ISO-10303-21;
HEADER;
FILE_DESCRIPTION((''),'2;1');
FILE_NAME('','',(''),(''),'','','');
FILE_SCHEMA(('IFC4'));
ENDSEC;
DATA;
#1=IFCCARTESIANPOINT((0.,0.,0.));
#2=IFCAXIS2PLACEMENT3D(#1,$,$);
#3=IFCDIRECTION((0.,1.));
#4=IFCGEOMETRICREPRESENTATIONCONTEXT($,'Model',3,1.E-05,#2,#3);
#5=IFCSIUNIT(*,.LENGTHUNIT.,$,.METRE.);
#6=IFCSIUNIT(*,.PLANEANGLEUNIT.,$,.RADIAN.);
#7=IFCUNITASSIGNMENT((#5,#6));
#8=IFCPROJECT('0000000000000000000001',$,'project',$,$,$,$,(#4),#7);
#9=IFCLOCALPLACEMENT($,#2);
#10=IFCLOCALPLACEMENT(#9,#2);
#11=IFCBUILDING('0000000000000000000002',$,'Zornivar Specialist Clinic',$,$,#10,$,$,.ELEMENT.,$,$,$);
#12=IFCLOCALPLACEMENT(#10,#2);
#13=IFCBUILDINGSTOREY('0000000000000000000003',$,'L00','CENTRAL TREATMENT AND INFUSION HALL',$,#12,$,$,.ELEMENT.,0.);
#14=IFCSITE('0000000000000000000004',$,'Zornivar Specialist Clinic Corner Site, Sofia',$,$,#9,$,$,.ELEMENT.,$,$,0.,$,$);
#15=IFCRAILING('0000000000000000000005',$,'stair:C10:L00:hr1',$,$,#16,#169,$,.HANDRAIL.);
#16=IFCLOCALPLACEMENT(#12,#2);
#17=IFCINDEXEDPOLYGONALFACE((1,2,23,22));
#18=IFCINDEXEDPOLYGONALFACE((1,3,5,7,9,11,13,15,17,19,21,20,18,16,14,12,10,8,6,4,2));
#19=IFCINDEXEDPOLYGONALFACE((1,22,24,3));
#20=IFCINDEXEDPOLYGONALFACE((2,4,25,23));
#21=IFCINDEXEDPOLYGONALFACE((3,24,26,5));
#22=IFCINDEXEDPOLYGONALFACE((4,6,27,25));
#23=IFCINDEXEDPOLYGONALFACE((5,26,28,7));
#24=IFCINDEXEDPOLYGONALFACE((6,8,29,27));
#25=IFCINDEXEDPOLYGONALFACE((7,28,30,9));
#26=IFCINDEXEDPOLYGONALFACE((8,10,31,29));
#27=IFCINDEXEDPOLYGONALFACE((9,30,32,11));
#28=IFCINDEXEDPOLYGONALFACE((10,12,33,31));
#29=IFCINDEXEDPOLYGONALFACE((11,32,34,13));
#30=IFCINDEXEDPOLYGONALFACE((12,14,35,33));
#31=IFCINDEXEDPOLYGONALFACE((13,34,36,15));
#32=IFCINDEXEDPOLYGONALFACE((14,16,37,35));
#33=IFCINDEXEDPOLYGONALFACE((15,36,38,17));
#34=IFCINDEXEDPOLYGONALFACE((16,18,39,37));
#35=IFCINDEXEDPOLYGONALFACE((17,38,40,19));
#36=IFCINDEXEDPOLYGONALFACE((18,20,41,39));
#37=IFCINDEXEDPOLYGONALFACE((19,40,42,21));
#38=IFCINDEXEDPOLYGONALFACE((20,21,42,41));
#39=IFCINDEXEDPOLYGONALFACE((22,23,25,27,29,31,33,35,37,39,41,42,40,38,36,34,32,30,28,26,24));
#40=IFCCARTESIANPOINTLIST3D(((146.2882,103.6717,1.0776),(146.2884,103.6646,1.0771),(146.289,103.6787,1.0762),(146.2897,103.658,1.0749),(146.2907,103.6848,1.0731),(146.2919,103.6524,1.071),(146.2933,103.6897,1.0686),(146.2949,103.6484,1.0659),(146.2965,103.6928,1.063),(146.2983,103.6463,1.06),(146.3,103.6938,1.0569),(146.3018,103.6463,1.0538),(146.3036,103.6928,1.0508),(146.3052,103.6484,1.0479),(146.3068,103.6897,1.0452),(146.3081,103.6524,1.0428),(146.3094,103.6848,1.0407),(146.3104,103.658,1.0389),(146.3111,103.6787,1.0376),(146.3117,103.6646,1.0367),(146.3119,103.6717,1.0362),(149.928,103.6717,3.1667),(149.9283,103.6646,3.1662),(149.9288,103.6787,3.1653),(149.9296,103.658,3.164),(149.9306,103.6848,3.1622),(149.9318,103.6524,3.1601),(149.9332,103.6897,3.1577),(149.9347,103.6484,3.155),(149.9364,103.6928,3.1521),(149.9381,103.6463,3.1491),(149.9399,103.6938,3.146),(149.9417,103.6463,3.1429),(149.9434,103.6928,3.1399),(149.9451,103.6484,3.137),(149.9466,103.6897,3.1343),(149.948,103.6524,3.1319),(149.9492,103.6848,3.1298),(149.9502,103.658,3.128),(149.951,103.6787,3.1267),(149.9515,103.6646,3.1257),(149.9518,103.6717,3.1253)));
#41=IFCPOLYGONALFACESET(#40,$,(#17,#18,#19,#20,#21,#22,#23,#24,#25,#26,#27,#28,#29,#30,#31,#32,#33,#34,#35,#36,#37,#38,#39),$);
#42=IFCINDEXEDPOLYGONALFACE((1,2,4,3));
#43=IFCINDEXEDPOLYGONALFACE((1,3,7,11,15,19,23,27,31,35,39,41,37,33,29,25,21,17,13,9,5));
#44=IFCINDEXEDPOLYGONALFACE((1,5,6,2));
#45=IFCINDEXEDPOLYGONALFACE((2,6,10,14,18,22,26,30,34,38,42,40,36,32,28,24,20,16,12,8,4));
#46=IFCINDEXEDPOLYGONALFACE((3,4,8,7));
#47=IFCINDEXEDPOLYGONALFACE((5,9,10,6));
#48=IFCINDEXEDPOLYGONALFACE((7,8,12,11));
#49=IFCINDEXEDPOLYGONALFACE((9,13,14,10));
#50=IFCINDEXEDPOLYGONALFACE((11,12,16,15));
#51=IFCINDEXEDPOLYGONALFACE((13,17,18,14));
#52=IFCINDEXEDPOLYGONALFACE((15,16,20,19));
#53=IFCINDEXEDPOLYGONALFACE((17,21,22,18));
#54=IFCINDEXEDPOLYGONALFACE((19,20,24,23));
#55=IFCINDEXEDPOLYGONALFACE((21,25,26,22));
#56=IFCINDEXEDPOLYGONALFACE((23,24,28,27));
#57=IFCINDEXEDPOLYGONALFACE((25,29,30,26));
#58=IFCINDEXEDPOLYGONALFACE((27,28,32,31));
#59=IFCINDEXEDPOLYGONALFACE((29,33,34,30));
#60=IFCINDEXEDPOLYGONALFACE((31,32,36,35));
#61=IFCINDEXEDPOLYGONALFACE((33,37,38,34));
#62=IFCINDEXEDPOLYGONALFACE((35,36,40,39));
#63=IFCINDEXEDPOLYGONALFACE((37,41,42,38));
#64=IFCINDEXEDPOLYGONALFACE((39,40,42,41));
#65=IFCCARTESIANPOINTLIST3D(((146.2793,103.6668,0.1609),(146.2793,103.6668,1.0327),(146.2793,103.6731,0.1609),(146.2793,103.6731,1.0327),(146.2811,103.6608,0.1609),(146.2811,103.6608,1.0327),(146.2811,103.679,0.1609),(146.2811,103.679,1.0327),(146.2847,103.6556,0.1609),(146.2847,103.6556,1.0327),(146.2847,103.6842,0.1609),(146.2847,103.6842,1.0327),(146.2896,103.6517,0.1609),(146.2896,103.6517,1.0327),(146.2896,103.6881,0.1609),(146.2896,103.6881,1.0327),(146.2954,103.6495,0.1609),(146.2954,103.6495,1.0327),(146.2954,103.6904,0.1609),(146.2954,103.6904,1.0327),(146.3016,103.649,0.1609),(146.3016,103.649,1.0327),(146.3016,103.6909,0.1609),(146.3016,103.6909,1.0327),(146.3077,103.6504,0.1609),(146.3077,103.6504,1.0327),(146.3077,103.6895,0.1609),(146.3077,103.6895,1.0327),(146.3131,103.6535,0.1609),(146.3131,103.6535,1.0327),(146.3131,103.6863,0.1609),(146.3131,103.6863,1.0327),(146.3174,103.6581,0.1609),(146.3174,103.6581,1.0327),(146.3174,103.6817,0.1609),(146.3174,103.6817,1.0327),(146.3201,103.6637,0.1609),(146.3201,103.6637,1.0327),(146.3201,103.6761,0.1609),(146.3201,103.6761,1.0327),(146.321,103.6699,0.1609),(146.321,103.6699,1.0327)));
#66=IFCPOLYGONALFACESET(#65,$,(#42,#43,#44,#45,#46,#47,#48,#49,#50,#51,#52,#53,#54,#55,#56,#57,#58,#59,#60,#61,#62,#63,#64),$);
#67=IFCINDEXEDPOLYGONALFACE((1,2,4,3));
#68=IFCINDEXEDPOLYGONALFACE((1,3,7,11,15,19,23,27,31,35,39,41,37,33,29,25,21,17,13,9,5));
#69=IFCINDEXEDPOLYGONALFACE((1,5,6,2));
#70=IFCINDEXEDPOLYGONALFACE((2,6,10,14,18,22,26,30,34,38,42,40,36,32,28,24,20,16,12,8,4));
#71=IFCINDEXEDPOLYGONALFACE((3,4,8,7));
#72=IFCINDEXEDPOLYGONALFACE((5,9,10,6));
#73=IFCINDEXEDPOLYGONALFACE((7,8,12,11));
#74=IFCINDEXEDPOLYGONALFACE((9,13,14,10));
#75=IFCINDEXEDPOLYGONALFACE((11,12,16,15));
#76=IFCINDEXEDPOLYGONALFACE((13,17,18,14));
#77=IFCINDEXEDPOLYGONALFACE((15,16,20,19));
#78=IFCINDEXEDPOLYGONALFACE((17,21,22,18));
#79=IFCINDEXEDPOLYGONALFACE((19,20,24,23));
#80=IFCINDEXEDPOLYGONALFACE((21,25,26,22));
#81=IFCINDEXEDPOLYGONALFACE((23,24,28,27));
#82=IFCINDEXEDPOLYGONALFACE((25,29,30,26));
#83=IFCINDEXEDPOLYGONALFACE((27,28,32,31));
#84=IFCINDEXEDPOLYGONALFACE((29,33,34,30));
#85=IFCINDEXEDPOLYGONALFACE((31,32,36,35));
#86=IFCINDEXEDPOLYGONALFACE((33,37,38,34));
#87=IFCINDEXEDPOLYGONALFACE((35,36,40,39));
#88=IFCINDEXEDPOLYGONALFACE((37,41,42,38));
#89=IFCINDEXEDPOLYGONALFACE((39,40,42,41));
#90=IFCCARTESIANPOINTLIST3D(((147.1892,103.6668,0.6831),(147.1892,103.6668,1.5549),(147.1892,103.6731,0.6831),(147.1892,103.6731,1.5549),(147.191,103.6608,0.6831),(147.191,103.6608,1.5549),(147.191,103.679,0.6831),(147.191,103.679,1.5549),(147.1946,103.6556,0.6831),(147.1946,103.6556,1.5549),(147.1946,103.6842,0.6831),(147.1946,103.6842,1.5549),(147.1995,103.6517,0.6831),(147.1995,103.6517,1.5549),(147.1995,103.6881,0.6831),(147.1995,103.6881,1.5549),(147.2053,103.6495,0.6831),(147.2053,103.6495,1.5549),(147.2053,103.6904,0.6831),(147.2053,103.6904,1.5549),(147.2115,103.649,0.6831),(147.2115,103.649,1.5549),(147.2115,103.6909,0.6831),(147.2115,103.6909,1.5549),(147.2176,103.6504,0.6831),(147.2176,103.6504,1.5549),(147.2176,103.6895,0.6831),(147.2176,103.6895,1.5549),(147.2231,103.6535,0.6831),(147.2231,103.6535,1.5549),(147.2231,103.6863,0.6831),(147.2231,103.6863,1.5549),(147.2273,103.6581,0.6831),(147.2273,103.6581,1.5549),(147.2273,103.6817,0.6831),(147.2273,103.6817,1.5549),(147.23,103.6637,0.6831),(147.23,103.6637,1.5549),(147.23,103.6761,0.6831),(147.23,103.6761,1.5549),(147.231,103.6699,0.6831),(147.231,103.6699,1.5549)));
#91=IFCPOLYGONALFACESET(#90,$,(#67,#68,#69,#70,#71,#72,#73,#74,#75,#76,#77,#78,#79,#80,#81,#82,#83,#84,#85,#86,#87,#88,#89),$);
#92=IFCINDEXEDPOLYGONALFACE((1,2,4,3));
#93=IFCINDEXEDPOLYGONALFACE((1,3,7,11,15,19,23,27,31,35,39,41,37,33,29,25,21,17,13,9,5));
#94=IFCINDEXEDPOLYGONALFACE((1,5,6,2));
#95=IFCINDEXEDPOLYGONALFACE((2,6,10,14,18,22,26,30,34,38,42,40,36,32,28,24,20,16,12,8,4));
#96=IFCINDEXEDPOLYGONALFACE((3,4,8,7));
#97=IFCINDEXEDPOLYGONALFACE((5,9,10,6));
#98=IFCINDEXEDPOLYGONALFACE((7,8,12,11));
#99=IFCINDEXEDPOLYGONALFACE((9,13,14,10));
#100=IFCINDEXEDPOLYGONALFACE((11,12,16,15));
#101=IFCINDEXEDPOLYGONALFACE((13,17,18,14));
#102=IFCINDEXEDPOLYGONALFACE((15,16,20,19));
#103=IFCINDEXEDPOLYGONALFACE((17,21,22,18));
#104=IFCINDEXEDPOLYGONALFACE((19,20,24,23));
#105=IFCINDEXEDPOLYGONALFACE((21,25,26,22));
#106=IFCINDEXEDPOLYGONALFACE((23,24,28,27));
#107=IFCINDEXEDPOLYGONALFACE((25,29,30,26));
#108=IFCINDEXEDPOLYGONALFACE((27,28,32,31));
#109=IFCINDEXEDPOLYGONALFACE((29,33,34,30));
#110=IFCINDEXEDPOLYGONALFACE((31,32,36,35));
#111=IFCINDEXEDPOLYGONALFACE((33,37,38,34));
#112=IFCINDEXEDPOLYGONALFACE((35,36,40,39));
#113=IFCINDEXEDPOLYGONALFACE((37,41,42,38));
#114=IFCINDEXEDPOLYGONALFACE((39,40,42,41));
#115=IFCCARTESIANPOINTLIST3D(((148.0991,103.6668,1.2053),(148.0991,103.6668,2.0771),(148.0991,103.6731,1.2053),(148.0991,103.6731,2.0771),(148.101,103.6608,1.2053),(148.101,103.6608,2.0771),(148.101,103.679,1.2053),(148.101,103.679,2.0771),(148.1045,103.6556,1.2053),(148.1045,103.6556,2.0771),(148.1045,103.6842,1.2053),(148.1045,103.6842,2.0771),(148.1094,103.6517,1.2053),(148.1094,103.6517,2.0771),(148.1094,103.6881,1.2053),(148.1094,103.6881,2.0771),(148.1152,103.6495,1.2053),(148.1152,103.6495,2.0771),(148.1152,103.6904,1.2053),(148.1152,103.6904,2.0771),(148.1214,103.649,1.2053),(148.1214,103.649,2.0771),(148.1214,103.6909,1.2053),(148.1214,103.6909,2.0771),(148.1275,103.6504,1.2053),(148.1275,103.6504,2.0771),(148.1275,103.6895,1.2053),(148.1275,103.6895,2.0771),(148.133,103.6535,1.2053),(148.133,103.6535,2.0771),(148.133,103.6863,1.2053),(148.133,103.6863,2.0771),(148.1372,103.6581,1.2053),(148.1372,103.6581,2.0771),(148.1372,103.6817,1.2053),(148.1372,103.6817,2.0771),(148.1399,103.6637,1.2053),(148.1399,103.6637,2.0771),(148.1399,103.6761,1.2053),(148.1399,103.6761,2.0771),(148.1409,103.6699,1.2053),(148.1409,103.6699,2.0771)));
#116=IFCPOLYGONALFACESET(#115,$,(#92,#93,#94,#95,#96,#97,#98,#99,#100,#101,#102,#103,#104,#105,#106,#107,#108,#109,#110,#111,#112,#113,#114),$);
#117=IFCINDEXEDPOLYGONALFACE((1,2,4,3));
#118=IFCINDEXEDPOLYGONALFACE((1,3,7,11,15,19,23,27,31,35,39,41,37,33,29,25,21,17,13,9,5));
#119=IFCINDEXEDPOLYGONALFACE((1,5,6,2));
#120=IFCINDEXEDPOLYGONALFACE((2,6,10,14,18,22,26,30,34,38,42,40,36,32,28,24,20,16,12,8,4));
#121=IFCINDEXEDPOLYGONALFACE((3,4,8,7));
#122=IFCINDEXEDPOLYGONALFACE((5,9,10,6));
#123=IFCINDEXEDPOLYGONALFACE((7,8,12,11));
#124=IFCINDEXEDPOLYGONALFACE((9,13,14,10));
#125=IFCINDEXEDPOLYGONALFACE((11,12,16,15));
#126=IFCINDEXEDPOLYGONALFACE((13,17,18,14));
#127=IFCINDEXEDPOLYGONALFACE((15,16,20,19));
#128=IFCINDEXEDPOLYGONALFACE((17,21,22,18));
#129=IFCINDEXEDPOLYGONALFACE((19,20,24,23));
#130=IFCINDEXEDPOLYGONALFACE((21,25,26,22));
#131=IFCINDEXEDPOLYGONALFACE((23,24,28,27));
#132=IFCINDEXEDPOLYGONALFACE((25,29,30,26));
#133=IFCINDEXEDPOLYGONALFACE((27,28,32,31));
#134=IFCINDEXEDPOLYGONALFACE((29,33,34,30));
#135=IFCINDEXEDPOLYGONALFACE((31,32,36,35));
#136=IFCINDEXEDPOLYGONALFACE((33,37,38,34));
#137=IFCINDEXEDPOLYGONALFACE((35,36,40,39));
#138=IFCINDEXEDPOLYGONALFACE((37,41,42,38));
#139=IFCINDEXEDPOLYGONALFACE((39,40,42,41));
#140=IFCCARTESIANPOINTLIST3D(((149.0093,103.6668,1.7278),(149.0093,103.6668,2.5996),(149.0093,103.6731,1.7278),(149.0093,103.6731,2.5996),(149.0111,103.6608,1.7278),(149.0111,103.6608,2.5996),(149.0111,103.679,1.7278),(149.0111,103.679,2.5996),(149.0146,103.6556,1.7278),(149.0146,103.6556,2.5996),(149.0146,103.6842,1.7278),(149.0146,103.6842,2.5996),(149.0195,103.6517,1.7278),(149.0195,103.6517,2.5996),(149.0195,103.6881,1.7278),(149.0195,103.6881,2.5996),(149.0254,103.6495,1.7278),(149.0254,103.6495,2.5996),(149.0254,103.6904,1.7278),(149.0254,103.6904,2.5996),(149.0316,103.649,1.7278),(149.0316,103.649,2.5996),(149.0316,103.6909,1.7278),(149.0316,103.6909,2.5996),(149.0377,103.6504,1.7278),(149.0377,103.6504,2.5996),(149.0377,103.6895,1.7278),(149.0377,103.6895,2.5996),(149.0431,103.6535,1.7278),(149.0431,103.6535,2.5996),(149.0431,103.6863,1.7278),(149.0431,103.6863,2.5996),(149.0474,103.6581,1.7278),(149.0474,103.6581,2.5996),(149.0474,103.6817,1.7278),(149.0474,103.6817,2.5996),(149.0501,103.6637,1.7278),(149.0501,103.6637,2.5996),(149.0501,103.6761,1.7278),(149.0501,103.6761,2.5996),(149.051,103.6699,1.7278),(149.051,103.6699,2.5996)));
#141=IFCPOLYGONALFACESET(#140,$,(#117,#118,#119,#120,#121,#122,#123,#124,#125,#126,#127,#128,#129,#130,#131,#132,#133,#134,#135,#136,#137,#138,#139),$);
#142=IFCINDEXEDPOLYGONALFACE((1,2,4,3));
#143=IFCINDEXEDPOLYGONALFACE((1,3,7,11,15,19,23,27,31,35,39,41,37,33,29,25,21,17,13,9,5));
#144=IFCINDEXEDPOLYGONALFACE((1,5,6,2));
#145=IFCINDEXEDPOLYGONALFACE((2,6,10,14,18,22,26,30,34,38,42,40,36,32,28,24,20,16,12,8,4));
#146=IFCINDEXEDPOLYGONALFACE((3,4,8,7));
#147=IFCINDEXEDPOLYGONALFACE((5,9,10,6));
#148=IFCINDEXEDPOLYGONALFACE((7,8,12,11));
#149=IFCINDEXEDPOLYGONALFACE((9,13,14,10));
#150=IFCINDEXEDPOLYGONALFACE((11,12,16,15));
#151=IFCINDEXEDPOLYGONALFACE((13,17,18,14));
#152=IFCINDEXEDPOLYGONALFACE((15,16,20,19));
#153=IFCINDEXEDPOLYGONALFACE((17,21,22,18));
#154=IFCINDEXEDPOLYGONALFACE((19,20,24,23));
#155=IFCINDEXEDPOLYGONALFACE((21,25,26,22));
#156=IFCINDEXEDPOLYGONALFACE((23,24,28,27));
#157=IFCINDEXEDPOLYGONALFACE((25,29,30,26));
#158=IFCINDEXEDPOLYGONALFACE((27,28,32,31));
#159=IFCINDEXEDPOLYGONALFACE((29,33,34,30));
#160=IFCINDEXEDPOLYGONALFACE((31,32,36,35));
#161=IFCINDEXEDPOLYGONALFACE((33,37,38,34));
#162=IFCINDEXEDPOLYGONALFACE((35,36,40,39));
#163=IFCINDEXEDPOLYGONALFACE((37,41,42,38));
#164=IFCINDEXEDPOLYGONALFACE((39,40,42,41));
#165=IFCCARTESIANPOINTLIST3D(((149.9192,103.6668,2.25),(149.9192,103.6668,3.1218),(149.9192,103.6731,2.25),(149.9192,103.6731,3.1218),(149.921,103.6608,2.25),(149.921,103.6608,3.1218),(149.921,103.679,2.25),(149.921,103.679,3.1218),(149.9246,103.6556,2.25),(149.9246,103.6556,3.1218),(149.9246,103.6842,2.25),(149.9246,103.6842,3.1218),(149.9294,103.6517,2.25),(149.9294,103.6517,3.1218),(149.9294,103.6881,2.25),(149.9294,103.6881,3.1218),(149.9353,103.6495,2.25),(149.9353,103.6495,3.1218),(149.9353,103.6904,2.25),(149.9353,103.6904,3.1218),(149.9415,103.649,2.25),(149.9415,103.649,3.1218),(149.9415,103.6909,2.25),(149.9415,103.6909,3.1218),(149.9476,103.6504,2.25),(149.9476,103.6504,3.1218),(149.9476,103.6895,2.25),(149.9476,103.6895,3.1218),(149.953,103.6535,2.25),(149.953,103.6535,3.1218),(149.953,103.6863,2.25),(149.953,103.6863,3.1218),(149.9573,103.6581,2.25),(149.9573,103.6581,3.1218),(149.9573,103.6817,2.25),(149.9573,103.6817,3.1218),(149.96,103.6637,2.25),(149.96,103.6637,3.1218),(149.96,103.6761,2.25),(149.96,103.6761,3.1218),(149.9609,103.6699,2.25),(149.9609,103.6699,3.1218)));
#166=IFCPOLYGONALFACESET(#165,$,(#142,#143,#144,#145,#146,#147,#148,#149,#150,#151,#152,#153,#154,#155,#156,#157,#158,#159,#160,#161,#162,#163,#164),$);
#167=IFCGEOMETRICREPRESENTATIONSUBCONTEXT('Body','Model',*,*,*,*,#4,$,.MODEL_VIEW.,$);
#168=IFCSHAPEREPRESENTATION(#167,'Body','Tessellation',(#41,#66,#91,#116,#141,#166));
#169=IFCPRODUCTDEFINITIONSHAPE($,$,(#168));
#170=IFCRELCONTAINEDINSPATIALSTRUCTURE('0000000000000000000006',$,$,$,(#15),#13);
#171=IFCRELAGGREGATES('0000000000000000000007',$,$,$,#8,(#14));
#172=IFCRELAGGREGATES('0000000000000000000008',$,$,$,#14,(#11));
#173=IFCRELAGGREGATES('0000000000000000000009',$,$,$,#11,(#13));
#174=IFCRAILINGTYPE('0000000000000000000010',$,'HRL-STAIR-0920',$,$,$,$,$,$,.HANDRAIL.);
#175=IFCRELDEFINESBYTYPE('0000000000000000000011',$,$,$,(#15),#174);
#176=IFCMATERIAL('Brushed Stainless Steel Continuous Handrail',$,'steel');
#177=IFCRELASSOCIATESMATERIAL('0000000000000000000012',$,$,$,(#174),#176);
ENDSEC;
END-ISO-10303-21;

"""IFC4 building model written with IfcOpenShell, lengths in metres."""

from ifc_helpers import new_model, si_unit, direction, frame, origin, origin_2d, place, context, subcontext, project, spatial, circle, extrude, material, type_object, element, save


model = new_model("IFC4")

# Units and contexts
model_context = context("Model", 3, precision=1e-05, world=origin(), true_north=direction((0.0, 1.0)))
body_context = subcontext(model_context, "Body", "Model", "MODEL_VIEW")
ifc_project = project(units=[si_unit("LENGTHUNIT", "METRE"), si_unit("PLANEANGLEUNIT", "RADIAN")], contexts=[model_context])

# Site, building, storey
site_placement = place(None, origin())
site = spatial("IfcSite", under=ifc_project, at=site_placement, Name="Zornivar Specialist Clinic Corner Site, Sofia", CompositionType="ELEMENT", RefElevation=0.0)
building_placement = place(site_placement, origin())
building = spatial("IfcBuilding", under=site, at=building_placement, Name="Zornivar Specialist Clinic", CompositionType="ELEMENT")
storey_placement = place(building_placement, origin())
storey = spatial("IfcBuildingStorey", under=building, at=storey_placement, Name="L00", Description="CENTRAL TREATMENT AND INFUSION HALL", CompositionType="ELEMENT", Elevation=0.0)

# Railing
ifc_material_1 = material(Name="Brushed Stainless Steel Continuous Handrail", Category="steel")
railing_type = type_object("IfcRailingType", Name="HRL-STAIR-0920", PredefinedType="HANDRAIL", material=ifc_material_1)
railing_placement = place(storey_placement, frame((146.3, 103.6699, 0.1609)))
element("IfcRailing", 1, at=railing_placement, inside=storey, type_object=railing_type, Name="stair:C10:L00:hr1", PredefinedType="HANDRAIL", context=body_context, shape_type="SweptSolid", body=[
    extrude(circle(Radius=0.0239, at=origin_2d()), frame((0.0, 0.0, 0.896), z_axis=(0.8673, 0.0, 0.497786), x_axis=(0.0, 1.0, 0.0)), (0.0, 0.0, 1.0), 4.1968),
    extrude(circle(Radius=0.021, at=origin_2d()), origin(), (0.0, 0.0, 1.0), 0.8718),
    extrude(circle(Radius=0.021, at=origin_2d()), frame((0.9099, 0.0, 0.5222)), (0.0, 0.0, 1.0), 0.8718),
    extrude(circle(Radius=0.021, at=origin_2d()), frame((1.8198, 0.0, 1.0444)), (0.0, 0.0, 1.0), 0.8718),
    extrude(circle(Radius=0.021, at=origin_2d()), frame((2.73, 0.0, 1.5669)), (0.0, 0.0, 1.0), 0.8718),
    extrude(circle(Radius=0.021, at=origin_2d()), frame((3.6399, 0.0, 2.0891)), (0.0, 0.0, 1.0), 0.8718),
])

save(model, "model.ifc")
